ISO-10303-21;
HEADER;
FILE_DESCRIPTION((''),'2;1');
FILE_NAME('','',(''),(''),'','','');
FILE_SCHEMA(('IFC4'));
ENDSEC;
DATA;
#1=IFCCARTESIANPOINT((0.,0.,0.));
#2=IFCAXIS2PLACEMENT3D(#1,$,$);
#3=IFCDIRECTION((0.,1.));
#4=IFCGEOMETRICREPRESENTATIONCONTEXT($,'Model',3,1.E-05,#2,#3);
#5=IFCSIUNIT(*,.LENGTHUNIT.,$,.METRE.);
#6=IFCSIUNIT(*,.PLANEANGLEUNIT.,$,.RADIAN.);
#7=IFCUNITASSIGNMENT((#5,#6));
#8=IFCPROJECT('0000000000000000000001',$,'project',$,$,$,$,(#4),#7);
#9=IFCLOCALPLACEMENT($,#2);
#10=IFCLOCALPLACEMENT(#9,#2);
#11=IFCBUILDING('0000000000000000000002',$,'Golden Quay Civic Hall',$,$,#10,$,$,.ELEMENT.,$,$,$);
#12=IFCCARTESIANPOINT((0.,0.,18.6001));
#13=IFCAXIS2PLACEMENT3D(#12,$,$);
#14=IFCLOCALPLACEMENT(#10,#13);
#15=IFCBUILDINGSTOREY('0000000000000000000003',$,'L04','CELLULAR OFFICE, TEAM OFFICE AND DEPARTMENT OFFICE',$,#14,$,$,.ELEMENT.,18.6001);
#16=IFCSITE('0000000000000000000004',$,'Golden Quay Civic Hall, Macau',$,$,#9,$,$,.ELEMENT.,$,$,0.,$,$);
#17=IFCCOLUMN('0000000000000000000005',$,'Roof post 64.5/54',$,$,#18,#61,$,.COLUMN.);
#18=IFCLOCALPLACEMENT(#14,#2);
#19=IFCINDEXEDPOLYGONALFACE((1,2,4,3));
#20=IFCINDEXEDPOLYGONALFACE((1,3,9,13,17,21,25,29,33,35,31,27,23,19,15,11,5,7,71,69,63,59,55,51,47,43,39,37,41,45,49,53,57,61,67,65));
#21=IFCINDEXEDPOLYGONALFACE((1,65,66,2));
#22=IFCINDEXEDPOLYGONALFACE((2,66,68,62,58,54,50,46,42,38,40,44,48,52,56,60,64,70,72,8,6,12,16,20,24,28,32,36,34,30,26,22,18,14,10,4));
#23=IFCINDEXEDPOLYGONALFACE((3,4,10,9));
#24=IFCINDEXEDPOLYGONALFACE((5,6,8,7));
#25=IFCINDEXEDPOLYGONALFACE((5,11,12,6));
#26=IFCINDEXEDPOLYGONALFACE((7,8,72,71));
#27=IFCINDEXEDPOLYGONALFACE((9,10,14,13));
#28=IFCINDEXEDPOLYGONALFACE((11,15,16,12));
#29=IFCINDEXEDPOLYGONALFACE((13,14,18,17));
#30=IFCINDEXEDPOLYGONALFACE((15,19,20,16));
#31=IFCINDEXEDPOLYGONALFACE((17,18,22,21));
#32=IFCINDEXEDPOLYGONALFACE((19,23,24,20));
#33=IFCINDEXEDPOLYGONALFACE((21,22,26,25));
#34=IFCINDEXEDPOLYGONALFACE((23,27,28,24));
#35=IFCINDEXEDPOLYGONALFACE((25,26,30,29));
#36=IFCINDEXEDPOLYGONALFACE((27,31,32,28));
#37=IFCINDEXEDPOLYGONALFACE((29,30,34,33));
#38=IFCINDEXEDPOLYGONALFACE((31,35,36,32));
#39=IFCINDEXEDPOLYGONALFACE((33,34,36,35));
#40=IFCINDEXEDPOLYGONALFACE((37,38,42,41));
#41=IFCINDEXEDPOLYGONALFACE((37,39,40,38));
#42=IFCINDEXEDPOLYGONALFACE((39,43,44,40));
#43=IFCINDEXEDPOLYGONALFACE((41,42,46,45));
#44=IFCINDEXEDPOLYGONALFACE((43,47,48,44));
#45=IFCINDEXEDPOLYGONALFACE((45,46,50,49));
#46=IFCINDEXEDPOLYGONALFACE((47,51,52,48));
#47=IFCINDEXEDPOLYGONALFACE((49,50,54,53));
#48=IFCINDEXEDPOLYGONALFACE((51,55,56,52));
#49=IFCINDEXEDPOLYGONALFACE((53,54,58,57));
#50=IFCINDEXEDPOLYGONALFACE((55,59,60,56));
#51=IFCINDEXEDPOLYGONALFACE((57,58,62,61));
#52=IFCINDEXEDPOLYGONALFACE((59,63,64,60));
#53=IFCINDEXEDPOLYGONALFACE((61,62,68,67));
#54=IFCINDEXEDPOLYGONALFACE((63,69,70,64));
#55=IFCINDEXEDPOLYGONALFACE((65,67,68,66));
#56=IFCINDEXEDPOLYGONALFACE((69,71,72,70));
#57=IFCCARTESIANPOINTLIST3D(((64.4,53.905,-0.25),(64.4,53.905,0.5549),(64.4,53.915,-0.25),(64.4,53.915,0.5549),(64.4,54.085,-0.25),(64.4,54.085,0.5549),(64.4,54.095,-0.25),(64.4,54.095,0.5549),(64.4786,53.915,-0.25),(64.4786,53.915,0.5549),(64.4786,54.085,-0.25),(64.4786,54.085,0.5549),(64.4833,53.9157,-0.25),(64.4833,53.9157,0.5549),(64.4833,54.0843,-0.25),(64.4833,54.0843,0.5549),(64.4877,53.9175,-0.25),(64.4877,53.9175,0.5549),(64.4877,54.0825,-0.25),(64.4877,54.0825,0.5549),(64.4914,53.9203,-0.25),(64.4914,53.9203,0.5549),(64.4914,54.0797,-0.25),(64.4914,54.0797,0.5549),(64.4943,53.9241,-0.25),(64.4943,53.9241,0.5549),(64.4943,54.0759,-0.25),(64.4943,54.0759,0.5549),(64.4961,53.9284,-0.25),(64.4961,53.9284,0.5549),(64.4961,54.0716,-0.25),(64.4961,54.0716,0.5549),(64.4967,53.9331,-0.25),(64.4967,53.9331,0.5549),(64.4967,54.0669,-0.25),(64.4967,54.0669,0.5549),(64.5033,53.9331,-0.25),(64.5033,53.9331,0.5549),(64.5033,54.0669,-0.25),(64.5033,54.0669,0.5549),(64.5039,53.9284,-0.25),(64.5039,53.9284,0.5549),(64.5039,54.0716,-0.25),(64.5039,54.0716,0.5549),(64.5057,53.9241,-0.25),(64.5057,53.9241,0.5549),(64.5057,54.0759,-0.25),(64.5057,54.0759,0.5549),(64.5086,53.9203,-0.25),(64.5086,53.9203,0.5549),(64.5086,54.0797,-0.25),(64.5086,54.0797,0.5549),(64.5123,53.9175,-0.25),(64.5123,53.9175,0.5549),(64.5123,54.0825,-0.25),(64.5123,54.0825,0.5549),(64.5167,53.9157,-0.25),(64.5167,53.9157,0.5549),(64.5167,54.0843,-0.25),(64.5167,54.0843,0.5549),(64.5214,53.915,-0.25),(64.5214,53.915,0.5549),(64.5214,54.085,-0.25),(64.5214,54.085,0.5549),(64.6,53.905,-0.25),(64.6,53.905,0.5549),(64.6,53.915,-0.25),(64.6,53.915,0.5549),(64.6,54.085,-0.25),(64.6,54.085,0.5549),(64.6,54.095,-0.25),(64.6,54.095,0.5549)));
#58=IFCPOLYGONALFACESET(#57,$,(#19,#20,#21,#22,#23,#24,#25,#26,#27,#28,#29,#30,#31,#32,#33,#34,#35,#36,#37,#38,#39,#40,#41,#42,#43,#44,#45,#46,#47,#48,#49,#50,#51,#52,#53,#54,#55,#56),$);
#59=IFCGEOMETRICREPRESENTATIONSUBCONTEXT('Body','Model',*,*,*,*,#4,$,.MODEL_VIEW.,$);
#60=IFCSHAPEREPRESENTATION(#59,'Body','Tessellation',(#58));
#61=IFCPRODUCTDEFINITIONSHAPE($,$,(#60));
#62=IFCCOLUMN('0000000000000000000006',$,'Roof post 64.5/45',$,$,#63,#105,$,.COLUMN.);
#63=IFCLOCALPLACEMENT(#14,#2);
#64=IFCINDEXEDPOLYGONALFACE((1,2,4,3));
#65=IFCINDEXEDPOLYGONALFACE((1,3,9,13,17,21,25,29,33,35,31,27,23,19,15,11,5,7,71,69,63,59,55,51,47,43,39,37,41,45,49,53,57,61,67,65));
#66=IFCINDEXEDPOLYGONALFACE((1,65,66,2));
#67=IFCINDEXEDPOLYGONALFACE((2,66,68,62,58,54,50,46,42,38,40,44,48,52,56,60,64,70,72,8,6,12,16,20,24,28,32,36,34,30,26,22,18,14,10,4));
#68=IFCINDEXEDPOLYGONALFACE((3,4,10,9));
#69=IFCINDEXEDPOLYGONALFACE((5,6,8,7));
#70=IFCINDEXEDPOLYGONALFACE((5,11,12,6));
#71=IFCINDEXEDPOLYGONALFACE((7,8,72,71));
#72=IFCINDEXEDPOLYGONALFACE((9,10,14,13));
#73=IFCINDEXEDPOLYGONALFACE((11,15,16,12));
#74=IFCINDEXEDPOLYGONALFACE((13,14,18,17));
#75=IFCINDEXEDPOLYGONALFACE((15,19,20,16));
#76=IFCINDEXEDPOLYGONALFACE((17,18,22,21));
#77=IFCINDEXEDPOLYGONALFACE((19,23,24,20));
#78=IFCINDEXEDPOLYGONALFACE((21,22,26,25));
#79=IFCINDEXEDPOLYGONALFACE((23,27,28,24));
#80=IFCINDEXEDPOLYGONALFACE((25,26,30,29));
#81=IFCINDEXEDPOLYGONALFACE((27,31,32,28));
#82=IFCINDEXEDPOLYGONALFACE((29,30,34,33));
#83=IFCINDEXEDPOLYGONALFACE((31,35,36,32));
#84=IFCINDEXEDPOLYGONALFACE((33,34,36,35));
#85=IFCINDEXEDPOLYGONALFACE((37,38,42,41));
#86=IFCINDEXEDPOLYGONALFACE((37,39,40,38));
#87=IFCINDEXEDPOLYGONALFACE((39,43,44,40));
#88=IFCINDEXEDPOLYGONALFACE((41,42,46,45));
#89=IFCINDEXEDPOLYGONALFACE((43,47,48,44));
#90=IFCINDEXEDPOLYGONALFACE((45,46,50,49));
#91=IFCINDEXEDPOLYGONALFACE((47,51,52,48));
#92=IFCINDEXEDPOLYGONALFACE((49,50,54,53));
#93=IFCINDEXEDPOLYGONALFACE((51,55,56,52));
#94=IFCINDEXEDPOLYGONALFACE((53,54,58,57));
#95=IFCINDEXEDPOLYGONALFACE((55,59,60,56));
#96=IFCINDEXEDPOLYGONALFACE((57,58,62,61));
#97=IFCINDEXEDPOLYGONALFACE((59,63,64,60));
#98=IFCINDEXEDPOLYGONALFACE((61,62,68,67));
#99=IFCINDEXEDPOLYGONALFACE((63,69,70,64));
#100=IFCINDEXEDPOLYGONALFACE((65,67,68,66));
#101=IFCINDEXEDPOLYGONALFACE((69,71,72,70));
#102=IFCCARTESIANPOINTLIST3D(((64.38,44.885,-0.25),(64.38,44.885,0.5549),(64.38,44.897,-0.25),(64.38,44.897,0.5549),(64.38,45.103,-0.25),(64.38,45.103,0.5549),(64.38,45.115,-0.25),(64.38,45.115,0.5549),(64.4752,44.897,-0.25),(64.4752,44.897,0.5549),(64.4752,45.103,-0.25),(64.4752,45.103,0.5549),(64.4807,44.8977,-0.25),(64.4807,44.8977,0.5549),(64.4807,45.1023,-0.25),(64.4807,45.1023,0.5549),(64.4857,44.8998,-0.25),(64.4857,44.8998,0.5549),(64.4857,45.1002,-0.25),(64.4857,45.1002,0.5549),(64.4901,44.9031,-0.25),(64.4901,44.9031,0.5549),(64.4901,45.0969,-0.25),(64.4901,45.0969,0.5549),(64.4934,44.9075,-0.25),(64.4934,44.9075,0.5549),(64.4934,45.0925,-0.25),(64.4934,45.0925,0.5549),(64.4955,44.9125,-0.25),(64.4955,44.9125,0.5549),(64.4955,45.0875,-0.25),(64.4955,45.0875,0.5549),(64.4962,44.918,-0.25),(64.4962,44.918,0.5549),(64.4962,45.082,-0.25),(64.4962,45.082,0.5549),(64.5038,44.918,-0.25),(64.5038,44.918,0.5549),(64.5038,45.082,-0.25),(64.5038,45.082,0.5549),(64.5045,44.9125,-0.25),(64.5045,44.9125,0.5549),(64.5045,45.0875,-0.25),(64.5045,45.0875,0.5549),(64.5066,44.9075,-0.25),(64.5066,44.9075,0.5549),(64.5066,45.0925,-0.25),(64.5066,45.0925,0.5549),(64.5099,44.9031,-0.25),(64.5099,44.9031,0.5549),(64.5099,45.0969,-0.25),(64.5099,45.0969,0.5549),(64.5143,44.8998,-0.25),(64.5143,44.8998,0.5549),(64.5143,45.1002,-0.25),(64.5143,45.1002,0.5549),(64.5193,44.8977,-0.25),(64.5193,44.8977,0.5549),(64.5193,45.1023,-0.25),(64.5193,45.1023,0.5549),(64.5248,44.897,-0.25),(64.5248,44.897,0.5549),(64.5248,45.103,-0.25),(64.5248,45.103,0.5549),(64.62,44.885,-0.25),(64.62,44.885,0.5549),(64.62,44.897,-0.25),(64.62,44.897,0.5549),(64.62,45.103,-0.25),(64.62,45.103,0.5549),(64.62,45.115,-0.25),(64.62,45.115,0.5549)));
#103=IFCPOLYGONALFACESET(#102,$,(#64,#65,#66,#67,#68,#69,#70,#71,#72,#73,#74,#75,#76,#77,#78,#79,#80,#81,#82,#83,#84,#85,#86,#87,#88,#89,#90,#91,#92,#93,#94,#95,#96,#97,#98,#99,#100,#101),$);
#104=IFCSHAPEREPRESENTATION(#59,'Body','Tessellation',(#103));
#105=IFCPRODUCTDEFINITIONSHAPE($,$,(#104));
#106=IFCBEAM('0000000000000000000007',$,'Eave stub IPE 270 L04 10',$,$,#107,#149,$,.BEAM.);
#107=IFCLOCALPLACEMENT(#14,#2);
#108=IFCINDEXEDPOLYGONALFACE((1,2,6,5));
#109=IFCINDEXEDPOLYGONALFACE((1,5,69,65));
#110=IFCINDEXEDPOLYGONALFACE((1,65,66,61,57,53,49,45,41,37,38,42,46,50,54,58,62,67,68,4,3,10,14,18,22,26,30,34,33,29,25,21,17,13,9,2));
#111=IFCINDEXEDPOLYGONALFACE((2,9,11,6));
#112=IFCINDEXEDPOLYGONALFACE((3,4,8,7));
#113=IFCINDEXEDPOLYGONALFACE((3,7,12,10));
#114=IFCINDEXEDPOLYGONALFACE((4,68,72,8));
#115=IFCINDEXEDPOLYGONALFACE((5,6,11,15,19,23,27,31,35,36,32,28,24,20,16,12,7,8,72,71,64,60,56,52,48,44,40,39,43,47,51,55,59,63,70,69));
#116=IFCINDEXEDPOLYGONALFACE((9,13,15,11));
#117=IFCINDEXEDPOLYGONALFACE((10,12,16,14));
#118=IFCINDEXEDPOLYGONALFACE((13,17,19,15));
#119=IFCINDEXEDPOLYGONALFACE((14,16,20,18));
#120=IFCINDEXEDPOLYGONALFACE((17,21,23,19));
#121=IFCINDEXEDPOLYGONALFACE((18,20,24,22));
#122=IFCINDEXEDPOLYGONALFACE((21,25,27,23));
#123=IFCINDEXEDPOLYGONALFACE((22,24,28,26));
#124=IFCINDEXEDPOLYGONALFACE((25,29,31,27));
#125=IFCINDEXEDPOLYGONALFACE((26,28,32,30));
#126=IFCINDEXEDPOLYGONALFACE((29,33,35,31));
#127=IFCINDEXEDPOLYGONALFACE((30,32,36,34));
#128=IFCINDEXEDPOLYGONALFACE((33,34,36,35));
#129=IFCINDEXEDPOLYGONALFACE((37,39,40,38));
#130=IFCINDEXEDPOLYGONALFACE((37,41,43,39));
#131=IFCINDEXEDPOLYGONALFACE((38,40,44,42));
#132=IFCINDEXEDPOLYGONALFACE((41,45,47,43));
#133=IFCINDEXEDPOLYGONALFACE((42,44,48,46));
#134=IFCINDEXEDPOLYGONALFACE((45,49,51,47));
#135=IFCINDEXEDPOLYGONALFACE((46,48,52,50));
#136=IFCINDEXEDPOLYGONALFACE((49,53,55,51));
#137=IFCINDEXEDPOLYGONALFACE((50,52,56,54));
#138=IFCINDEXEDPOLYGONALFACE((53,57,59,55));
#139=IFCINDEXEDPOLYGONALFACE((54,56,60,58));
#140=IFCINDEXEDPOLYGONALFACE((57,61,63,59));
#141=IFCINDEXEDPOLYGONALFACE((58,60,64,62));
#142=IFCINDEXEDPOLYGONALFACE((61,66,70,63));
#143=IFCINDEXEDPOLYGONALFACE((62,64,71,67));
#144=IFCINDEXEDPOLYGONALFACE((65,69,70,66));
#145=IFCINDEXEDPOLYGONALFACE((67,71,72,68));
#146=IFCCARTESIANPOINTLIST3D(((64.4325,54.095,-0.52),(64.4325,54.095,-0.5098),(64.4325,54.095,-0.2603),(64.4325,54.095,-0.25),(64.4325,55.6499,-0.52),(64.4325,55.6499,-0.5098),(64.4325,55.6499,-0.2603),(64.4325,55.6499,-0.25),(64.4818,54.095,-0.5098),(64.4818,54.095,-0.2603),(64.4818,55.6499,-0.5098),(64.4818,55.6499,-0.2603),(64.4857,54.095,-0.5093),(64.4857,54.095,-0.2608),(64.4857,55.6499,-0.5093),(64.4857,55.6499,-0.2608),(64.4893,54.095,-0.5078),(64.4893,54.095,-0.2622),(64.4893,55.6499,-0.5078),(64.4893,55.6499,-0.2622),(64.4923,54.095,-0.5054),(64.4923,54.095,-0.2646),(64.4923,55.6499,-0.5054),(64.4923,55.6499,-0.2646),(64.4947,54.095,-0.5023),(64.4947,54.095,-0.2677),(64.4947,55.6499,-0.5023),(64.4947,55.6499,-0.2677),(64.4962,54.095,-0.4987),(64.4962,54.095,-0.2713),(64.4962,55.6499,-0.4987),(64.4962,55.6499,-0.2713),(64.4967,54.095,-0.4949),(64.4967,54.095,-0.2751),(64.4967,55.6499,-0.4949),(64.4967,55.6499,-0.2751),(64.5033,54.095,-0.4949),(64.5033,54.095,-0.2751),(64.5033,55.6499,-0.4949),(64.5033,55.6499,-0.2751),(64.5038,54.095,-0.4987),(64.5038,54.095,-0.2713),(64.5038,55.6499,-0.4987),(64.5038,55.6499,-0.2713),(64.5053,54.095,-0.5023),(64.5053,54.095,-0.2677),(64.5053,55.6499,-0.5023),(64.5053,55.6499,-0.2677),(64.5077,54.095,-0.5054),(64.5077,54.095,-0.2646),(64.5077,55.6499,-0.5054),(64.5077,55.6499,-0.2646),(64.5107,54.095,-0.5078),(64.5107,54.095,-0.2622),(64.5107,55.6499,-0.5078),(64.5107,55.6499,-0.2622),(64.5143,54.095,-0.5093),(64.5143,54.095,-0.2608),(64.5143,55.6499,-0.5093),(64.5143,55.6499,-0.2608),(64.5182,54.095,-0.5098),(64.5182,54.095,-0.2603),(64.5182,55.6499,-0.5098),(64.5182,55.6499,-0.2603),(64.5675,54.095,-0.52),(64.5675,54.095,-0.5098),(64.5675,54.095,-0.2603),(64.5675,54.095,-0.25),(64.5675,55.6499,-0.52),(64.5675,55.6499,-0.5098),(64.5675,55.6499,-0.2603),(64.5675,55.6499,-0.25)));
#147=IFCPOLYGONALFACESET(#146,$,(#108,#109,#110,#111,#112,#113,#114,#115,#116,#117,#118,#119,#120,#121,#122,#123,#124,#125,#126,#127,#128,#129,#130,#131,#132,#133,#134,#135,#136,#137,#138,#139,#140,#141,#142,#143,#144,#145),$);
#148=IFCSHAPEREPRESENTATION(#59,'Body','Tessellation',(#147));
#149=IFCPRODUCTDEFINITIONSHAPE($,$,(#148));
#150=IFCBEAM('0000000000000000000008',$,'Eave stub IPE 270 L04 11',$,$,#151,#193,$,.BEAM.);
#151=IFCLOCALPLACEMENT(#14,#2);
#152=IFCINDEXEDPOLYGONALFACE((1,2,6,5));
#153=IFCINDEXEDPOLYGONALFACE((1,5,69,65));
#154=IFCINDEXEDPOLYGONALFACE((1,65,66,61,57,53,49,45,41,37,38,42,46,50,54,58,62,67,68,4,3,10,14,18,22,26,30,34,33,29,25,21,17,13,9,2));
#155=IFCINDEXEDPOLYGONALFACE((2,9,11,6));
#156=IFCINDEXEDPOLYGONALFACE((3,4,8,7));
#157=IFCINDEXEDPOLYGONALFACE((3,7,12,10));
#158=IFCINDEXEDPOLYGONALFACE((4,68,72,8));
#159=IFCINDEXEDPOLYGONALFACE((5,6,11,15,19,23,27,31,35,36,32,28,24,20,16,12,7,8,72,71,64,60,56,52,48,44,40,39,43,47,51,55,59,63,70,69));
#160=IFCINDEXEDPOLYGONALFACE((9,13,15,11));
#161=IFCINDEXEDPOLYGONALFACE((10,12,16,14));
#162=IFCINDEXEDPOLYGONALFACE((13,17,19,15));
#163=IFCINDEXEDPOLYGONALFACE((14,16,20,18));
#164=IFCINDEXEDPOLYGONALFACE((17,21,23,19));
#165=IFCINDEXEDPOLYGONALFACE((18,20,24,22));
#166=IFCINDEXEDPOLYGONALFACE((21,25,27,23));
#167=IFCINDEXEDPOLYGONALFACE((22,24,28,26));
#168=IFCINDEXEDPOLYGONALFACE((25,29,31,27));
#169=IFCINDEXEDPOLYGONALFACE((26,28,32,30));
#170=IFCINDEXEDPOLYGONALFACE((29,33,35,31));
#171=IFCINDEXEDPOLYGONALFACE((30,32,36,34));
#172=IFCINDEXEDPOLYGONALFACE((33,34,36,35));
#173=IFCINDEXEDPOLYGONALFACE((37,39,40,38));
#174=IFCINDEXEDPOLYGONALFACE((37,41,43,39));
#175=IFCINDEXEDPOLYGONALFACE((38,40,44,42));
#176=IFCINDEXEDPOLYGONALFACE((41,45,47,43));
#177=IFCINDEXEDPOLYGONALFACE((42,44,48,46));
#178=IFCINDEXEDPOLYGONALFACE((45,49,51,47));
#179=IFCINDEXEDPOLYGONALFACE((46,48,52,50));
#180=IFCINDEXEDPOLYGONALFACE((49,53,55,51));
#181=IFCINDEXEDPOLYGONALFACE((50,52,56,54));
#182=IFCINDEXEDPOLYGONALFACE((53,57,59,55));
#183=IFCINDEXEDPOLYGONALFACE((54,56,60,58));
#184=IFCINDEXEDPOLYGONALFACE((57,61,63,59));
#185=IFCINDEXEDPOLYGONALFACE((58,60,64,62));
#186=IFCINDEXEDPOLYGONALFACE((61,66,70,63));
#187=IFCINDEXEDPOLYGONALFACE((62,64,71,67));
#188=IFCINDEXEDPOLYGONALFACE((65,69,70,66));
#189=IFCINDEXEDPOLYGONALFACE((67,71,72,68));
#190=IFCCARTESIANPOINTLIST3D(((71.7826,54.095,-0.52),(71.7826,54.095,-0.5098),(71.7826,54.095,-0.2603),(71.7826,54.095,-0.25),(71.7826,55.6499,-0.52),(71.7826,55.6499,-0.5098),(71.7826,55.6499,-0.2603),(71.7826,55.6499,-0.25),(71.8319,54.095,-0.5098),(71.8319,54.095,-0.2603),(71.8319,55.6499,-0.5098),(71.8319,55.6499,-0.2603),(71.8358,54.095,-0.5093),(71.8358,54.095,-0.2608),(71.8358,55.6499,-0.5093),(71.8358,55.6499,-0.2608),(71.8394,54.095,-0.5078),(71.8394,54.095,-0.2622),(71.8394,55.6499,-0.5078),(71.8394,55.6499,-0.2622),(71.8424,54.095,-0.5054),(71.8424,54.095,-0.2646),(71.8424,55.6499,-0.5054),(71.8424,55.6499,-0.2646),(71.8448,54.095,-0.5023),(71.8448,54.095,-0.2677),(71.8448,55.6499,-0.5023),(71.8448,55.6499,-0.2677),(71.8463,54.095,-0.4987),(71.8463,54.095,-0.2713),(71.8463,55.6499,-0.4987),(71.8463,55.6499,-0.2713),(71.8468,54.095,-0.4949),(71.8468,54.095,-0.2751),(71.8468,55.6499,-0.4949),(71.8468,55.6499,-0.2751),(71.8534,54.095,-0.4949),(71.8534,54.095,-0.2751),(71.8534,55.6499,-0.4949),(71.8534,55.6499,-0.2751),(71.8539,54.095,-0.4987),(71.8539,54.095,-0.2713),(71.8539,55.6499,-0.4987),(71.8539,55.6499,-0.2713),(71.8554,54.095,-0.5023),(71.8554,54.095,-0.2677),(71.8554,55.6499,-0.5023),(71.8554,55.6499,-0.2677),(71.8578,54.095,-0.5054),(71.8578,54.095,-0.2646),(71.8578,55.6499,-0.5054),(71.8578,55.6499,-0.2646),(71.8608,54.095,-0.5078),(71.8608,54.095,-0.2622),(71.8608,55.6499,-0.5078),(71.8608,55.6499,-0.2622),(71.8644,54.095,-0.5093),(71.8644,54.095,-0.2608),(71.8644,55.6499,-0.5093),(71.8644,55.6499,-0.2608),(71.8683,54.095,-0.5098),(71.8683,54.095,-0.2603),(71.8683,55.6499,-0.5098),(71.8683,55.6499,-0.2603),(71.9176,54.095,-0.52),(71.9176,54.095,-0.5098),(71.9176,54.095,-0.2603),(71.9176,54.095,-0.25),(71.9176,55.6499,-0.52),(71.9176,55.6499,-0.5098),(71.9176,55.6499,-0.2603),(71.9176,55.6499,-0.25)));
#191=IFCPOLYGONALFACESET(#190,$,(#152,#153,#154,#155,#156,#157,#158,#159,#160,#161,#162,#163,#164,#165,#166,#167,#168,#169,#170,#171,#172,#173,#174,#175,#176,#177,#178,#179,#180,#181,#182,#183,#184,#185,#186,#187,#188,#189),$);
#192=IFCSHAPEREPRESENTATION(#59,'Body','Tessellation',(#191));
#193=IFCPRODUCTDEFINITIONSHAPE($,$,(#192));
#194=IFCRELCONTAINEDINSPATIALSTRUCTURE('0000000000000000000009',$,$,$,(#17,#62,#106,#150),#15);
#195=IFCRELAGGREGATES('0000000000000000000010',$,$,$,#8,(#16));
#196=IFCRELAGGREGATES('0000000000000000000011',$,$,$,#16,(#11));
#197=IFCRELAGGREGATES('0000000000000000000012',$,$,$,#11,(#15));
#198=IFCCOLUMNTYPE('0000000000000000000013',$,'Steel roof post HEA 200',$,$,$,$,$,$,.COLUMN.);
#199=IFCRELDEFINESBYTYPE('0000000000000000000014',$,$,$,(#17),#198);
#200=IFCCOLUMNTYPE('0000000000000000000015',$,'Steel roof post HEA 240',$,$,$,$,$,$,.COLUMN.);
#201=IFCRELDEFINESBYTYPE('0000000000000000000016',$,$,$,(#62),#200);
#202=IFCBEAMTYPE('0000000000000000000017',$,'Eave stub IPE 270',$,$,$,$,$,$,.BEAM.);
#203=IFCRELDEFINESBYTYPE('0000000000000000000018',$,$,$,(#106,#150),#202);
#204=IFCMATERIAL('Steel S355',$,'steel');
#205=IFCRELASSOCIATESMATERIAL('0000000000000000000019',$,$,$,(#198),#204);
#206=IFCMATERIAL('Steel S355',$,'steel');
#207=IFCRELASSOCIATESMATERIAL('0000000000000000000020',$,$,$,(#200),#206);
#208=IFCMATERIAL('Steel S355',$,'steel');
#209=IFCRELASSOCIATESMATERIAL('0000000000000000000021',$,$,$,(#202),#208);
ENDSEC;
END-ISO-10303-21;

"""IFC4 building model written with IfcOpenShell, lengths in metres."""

from ifc_helpers import new_model, si_unit, direction, frame, origin, origin_2d, place, context, subcontext, project, spatial, i_section, extrude, material, material_profile, profile_set, type_object, element, save


model = new_model("IFC4")

# Units and contexts
model_context = context("Model", 3, precision=1e-05, world=origin(), true_north=direction((0.0, 1.0)))
body_context = subcontext(model_context, "Body", "Model", "MODEL_VIEW")
ifc_project = project(units=[si_unit("LENGTHUNIT", "METRE"), si_unit("PLANEANGLEUNIT", "RADIAN")], contexts=[model_context])

# Site, building, storey
site_placement = place(None, origin())
site = spatial("IfcSite", under=ifc_project, at=site_placement, Name="Golden Quay Civic Hall, Macau", CompositionType="ELEMENT", RefElevation=0.0)
building_placement = place(site_placement, origin())
building = spatial("IfcBuilding", under=site, at=building_placement, Name="Golden Quay Civic Hall", CompositionType="ELEMENT")
storey_placement = place(building_placement, frame((0.0, 0.0, 18.6001)))
storey = spatial("IfcBuildingStorey", under=building, at=storey_placement, Name="L04", Description="CELLULAR OFFICE, TEAM OFFICE AND DEPARTMENT OFFICE", CompositionType="ELEMENT", Elevation=18.6001)

# Columns
ifc_material_1 = material(Name="Steel S355", Category="steel")
ifc_material_profile_1 = material_profile(ifc_material_1, i_section(OverallWidth=0.2, OverallDepth=0.1899, WebThickness=0.0066, FlangeThickness=0.01, FilletRadius=0.0181, at=origin_2d()), Name="HEA 200")
ifc_profile_set_1 = profile_set([ifc_material_profile_1], Name="Steel S355")
column_type_1 = type_object("IfcColumnType", Name="Steel roof post HEA 200", PredefinedType="COLUMN", material=ifc_profile_set_1)
column_1_placement = place(storey_placement, frame((64.5, 54.0, -0.25), z_axis=(0.0, 0.0, 1.0), x_axis=(1.0, 0.0, 0.0)))
element("IfcColumn", 1, at=column_1_placement, inside=storey, type_object=column_type_1, Name="Roof post 64.5/54", PredefinedType="COLUMN", context=body_context, shape_type="SweptSolid", body=[
    extrude(i_section(OverallWidth=0.2, OverallDepth=0.1899, WebThickness=0.0066, FlangeThickness=0.01, FilletRadius=0.0181, at=origin_2d()), origin(), (0.0, 0.0, 1.0), 0.8049),
])
ifc_material_2 = material(Name="Steel S355", Category="steel")
ifc_material_profile_2 = material_profile(ifc_material_2, i_section(OverallWidth=0.24, OverallDepth=0.23, WebThickness=0.0076, FlangeThickness=0.012, FilletRadius=0.021, at=origin_2d()), Name="HEA 240")
ifc_profile_set_2 = profile_set([ifc_material_profile_2], Name="Steel S355")
column_type_2 = type_object("IfcColumnType", Name="Steel roof post HEA 240", PredefinedType="COLUMN", material=ifc_profile_set_2)
column_2_placement = place(storey_placement, frame((64.5, 45.0, -0.25), z_axis=(0.0, 0.0, 1.0), x_axis=(1.0, 0.0, 0.0)))
element("IfcColumn", 2, at=column_2_placement, inside=storey, type_object=column_type_2, Name="Roof post 64.5/45", PredefinedType="COLUMN", context=body_context, shape_type="SweptSolid", body=[
    extrude(i_section(OverallWidth=0.24, OverallDepth=0.23, WebThickness=0.0076, FlangeThickness=0.012, FilletRadius=0.021, at=origin_2d()), origin(), (0.0, 0.0, 1.0), 0.8049),
])

# Beams
ifc_material_3 = material(Name="Steel S355", Category="steel")
ifc_material_profile_3 = material_profile(ifc_material_3, i_section(OverallWidth=0.135, OverallDepth=0.27, WebThickness=0.0066, FlangeThickness=0.0103, FilletRadius=0.0149, at=origin_2d()), Name="IPE 270")
ifc_profile_set_3 = profile_set([ifc_material_profile_3], Name="Steel S355")
beam_type_1 = type_object("IfcBeamType", Name="Eave stub IPE 270", PredefinedType="BEAM", material=ifc_profile_set_3)
for number, where, z_axis, x_axis, name in (
    (3, (64.5, 54.095, -0.385), (0.0, 1.0, 0.0), (-1.0, 0.0, 0.0), "Eave stub IPE 270 L04 10"),
    (4, (71.8501, 54.095, -0.385), (0.0, 1.0, 0.0), (-1.0, 0.0, 0.0), "Eave stub IPE 270 L04 11"),
):
    element("IfcBeam", number, at=place(storey_placement, frame(where, z_axis=z_axis, x_axis=x_axis)), inside=storey, type_object=beam_type_1, Name=name, PredefinedType="BEAM", context=body_context, shape_type="SweptSolid", body=[
        extrude(i_section(OverallWidth=0.135, OverallDepth=0.27, WebThickness=0.0066, FlangeThickness=0.0103, FilletRadius=0.0149, at=origin_2d()), origin(), (0.0, 0.0, 1.0), 1.5549),
    ])

save(model, "model.ifc")
